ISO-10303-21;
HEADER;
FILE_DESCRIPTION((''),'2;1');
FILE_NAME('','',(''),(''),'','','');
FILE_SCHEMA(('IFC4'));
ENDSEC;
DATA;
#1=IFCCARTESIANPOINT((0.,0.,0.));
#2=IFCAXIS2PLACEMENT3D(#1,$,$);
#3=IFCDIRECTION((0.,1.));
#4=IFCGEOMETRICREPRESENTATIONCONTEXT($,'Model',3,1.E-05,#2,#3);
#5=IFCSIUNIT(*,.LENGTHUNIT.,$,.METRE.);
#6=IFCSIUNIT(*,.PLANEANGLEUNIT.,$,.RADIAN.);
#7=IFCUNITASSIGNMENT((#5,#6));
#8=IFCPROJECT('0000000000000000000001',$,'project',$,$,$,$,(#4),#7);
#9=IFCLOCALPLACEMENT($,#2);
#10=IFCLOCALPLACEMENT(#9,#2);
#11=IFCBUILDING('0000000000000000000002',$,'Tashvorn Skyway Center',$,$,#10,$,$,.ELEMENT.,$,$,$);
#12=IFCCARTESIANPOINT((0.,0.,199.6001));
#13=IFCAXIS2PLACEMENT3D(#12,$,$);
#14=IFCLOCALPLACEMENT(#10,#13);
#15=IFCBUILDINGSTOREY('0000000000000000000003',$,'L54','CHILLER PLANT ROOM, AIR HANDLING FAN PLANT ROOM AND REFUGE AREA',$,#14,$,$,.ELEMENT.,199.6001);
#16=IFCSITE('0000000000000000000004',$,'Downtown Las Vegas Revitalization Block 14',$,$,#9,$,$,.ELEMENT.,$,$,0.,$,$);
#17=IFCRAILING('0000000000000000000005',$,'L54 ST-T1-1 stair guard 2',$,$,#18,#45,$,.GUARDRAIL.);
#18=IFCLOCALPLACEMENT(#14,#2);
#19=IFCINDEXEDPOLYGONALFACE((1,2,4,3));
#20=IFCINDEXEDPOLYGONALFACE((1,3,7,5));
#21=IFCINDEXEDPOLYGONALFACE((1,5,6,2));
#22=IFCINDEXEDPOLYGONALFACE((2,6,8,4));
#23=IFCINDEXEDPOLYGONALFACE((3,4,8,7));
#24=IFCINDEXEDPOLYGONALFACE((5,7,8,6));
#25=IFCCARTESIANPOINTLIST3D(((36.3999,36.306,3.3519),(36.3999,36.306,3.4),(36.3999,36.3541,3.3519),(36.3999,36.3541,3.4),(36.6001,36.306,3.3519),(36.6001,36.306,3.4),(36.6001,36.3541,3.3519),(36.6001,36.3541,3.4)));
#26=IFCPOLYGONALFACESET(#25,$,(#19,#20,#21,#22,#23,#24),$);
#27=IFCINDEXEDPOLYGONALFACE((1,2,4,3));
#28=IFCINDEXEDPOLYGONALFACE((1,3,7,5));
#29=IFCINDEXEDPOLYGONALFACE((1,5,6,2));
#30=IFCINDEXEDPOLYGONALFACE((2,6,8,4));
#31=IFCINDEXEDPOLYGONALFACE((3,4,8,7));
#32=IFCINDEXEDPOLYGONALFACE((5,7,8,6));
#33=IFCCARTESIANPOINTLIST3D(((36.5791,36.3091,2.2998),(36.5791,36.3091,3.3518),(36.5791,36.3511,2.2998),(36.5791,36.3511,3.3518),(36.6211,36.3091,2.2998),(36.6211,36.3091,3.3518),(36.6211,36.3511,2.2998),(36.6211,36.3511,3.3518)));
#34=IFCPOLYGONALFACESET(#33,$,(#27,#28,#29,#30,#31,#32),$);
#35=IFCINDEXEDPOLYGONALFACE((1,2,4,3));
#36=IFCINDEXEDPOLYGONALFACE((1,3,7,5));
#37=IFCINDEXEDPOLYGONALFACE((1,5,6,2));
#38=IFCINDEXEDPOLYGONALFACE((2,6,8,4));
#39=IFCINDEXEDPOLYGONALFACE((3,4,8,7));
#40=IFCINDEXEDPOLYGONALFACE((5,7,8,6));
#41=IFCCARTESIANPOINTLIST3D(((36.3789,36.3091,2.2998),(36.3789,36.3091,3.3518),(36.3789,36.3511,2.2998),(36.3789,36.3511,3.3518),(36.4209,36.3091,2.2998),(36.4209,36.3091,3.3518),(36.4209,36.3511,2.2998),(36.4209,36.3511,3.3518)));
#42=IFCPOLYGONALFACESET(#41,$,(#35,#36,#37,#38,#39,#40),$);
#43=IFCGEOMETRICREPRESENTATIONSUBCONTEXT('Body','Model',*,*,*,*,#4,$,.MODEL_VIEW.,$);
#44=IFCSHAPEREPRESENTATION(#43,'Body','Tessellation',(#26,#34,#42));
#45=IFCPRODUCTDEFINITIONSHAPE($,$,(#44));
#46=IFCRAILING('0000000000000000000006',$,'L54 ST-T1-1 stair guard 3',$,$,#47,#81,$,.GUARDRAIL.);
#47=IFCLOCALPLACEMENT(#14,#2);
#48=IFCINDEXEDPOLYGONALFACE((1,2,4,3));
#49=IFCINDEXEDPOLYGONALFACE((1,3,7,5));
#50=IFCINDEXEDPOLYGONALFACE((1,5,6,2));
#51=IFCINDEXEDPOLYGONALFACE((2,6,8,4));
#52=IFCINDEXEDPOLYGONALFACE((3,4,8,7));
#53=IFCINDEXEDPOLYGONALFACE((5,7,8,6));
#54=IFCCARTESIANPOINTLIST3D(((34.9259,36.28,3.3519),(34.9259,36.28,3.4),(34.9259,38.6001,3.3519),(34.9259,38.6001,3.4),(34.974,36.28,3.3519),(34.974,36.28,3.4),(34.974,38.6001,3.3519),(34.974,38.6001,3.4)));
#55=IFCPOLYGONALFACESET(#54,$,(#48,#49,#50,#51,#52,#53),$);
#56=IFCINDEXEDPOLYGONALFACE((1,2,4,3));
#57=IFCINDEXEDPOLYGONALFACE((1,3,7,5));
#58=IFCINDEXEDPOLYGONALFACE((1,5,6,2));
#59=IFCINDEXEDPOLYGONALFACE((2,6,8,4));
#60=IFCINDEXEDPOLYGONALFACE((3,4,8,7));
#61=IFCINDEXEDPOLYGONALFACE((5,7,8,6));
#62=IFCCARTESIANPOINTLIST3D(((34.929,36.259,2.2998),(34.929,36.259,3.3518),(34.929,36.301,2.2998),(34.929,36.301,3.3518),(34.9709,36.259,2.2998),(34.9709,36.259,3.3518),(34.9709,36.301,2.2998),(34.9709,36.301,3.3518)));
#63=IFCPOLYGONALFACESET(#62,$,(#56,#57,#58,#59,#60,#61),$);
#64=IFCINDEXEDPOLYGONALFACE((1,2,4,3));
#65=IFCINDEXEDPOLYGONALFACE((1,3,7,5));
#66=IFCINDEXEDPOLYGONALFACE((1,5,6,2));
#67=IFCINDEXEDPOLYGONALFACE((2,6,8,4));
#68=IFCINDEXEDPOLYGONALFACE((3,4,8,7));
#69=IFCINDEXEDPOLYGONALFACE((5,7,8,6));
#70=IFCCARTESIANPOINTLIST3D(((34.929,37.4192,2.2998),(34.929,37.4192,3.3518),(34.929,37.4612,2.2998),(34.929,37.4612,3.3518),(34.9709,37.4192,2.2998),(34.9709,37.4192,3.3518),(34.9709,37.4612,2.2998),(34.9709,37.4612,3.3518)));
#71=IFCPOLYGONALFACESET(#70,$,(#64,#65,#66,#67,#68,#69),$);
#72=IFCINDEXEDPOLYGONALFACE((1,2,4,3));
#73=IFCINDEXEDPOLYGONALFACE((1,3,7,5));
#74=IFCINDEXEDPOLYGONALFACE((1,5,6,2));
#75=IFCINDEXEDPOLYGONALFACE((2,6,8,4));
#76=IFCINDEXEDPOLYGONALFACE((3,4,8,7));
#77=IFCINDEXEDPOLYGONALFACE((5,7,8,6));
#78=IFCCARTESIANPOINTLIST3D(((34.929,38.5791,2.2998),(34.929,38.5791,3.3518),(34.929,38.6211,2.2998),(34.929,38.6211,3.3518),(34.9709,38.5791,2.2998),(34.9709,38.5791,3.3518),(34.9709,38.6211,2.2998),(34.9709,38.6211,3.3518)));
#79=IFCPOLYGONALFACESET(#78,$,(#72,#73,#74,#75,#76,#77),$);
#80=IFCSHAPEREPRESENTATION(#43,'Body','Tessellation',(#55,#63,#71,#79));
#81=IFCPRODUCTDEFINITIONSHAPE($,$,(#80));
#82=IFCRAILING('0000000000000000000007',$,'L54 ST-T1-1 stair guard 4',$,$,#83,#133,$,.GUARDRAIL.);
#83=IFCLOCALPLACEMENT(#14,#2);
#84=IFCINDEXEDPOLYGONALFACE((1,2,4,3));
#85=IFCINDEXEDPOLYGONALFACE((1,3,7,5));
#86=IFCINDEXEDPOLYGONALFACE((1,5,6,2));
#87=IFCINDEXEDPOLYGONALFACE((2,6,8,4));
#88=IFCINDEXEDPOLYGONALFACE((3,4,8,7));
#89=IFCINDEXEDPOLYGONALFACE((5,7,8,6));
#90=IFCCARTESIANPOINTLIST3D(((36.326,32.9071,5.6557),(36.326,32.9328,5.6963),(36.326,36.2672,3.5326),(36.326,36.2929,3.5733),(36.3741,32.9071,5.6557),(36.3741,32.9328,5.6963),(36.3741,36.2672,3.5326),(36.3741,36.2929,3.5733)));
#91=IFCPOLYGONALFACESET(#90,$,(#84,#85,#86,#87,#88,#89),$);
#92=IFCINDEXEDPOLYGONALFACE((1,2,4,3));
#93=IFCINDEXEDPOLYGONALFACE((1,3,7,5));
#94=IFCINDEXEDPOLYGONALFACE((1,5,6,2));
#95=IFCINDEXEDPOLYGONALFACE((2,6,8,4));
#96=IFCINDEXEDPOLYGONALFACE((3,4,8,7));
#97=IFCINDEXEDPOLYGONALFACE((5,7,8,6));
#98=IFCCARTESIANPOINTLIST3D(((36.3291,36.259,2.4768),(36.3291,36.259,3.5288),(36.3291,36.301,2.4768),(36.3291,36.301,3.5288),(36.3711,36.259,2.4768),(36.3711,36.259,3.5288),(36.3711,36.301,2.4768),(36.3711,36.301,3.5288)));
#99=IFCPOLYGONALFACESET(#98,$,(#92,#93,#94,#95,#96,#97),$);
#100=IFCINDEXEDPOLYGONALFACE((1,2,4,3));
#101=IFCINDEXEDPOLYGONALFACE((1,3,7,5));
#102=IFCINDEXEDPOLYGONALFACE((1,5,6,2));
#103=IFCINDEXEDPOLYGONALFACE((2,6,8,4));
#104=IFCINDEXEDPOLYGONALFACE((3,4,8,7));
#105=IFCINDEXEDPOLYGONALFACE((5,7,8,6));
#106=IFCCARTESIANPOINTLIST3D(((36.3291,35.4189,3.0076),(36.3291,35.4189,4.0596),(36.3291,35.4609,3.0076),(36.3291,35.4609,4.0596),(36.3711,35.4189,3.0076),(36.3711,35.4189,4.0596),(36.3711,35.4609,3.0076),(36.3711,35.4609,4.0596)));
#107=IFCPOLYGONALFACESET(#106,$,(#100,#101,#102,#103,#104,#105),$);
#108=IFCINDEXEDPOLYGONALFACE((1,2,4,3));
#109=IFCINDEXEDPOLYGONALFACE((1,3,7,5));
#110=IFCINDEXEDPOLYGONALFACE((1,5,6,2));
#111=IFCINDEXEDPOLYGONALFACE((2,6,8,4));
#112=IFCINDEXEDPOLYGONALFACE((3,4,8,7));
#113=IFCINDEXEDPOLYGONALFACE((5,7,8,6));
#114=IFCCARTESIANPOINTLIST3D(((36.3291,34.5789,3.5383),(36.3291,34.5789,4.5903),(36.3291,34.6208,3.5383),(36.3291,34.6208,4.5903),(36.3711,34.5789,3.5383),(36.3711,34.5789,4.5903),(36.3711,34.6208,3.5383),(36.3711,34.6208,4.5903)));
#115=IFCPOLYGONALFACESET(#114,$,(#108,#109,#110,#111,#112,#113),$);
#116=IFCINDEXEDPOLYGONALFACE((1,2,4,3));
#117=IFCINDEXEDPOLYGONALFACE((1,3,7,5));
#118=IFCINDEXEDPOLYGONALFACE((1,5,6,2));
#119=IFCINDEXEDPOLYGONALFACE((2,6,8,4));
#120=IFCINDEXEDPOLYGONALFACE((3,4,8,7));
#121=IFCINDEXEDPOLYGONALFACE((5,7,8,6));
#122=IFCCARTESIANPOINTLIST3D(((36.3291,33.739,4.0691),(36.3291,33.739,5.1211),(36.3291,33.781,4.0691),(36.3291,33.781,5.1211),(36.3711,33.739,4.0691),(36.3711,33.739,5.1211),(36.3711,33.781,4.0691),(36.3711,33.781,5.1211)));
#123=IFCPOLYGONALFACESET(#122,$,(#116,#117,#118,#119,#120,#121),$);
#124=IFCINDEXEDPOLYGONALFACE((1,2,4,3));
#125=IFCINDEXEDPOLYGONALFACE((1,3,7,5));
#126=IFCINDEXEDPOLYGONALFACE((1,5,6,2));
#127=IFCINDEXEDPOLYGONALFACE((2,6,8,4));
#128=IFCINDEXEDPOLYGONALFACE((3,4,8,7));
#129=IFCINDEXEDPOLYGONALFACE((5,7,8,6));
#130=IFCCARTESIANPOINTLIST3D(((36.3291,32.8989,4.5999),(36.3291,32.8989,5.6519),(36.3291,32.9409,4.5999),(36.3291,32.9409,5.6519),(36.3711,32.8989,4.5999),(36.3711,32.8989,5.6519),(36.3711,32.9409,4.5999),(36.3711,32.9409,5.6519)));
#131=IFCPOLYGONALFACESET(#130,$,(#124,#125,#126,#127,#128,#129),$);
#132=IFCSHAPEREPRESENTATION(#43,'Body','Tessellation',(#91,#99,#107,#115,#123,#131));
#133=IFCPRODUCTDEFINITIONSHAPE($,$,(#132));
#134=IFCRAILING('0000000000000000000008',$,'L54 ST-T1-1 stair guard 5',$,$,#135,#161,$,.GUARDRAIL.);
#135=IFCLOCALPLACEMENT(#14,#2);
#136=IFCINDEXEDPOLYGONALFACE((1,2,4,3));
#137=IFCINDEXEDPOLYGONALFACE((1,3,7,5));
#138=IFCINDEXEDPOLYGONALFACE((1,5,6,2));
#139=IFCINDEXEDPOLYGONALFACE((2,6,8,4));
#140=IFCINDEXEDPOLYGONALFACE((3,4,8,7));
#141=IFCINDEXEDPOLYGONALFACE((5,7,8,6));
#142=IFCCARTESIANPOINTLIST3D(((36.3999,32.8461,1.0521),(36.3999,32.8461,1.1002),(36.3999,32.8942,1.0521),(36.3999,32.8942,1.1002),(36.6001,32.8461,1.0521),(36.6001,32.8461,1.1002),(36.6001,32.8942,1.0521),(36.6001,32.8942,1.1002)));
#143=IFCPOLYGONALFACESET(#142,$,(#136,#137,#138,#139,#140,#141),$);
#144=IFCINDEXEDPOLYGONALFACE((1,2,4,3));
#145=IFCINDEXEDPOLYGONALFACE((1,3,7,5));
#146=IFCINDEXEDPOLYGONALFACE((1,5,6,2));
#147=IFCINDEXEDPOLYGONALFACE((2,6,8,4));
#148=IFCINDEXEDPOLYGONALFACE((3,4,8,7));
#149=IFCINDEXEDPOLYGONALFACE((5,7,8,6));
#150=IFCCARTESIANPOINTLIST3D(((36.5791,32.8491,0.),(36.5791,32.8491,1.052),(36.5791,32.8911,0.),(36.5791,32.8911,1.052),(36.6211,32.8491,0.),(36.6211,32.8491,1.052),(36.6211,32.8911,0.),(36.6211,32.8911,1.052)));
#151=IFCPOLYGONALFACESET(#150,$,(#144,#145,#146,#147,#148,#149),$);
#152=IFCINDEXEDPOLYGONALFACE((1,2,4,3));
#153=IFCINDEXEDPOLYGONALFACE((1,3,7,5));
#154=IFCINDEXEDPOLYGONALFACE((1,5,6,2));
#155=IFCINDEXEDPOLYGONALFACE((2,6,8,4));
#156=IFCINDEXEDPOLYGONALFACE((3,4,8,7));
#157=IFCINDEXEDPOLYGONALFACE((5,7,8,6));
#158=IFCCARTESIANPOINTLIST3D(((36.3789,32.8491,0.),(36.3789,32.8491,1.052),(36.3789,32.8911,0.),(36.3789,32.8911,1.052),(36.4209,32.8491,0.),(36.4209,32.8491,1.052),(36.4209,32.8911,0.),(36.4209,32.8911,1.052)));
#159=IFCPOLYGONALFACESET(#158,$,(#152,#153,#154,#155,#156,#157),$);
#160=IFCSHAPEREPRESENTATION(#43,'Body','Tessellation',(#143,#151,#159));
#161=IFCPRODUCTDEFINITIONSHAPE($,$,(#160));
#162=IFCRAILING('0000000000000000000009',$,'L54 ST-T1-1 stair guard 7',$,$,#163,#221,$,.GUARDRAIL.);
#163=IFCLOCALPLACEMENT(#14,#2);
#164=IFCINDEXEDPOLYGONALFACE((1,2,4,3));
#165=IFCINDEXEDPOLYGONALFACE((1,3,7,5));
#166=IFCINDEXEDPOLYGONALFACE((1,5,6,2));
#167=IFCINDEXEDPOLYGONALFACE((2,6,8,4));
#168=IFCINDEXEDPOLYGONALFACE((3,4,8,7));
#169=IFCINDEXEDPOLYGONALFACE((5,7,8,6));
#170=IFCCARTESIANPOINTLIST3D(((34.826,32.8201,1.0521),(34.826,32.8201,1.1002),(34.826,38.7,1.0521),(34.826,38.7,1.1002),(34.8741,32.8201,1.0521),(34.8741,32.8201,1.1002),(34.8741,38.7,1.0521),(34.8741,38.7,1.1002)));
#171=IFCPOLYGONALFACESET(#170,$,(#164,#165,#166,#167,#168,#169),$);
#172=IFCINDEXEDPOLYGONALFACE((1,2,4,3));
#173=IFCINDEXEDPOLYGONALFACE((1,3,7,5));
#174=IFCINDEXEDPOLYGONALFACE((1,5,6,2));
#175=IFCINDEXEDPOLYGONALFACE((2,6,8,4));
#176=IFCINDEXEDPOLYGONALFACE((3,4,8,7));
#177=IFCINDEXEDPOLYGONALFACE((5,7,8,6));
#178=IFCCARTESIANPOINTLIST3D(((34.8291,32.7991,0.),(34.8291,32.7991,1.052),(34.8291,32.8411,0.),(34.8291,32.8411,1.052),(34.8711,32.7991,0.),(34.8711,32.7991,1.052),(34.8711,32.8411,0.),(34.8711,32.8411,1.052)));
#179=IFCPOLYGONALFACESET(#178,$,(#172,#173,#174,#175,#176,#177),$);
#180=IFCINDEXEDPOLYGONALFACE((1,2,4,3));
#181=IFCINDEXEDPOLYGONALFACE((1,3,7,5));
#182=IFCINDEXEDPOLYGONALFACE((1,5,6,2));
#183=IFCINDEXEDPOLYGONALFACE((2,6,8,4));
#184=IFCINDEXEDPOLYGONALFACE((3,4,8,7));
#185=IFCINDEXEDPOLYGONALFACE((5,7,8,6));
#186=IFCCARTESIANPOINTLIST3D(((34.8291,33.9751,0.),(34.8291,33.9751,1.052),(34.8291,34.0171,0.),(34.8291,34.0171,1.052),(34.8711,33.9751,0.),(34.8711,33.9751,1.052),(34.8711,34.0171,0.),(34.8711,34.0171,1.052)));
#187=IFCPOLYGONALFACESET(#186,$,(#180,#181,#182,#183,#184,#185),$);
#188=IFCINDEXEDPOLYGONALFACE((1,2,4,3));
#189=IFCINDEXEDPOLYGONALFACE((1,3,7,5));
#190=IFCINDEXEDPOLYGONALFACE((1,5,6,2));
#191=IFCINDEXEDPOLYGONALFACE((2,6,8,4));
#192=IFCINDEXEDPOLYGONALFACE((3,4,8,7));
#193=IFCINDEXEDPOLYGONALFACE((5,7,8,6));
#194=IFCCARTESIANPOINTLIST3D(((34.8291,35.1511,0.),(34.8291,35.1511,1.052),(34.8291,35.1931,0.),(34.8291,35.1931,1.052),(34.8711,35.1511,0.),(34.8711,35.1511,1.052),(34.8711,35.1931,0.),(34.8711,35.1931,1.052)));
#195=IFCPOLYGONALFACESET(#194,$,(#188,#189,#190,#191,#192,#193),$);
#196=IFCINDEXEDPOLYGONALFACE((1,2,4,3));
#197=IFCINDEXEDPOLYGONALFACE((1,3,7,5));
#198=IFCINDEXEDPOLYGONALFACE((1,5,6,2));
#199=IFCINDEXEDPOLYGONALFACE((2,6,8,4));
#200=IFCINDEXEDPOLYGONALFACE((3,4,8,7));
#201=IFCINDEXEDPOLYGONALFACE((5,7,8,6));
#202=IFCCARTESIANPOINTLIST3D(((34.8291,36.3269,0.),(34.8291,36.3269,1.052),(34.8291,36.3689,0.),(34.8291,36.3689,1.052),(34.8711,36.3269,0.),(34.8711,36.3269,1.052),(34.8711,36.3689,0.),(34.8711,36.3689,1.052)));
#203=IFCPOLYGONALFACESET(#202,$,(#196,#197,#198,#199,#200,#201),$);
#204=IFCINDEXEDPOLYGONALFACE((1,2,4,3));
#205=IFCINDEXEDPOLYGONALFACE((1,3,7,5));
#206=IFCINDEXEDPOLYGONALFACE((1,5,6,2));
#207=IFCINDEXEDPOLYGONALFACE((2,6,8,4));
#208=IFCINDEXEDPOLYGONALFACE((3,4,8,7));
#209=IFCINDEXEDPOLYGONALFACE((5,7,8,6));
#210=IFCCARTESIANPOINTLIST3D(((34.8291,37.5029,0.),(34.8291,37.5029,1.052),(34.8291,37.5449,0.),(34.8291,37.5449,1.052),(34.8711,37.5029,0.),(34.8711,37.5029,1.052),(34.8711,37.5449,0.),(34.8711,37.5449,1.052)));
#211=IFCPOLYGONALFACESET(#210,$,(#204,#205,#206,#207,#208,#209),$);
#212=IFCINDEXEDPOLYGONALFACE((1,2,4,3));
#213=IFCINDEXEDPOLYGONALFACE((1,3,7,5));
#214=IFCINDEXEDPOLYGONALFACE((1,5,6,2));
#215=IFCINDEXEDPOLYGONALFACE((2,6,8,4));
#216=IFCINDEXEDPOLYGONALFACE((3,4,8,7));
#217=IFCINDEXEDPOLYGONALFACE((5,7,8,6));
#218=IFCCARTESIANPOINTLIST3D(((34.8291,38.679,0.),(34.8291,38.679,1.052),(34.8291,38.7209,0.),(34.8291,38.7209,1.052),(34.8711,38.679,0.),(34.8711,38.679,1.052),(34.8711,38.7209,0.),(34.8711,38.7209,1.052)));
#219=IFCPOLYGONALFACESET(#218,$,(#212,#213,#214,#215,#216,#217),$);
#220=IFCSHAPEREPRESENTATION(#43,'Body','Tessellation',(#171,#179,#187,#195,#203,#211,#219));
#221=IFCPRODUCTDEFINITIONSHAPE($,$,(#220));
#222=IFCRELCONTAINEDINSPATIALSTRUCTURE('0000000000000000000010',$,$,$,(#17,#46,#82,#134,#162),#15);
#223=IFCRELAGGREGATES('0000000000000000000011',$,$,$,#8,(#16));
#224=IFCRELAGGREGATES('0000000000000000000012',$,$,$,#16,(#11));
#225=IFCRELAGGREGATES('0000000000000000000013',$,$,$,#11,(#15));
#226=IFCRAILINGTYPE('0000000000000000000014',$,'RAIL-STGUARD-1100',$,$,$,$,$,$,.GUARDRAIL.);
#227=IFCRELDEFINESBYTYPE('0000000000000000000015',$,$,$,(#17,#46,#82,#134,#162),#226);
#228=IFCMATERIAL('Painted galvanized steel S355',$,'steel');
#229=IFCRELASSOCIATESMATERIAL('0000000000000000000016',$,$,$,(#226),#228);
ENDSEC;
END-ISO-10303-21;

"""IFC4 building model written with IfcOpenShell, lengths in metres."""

from ifc_helpers import new_model, si_unit, direction, frame, origin, origin_2d, place, context, subcontext, project, spatial, rectangle, extrude, material, type_object, element, save


model = new_model("IFC4")

# Units and contexts
model_context = context("Model", 3, precision=1e-05, world=origin(), true_north=direction((0.0, 1.0)))
body_context = subcontext(model_context, "Body", "Model", "MODEL_VIEW")
ifc_project = project(units=[si_unit("LENGTHUNIT", "METRE"), si_unit("PLANEANGLEUNIT", "RADIAN")], contexts=[model_context])

# Site, building, storey
site_placement = place(None, origin())
site = spatial("IfcSite", under=ifc_project, at=site_placement, Name="Downtown Las Vegas Revitalization Block 14", CompositionType="ELEMENT", RefElevation=0.0)
building_placement = place(site_placement, origin())
building = spatial("IfcBuilding", under=site, at=building_placement, Name="Tashvorn Skyway Center", CompositionType="ELEMENT")
storey_placement = place(building_placement, frame((0.0, 0.0, 199.6001)))
storey = spatial("IfcBuildingStorey", under=building, at=storey_placement, Name="L54", Description="CHILLER PLANT ROOM, AIR HANDLING FAN PLANT ROOM AND REFUGE AREA", CompositionType="ELEMENT", Elevation=199.6001)

# Railings
ifc_material_1 = material(Name="Painted galvanized steel S355", Category="steel")
railing_type_1 = type_object("IfcRailingType", Name="RAIL-STGUARD-1100", PredefinedType="GUARDRAIL", material=ifc_material_1)
railing_1_placement = place(storey_placement, frame((36.6001, 36.3301, 2.2998)))
element("IfcRailing", 1, at=railing_1_placement, inside=storey, type_object=railing_type_1, Name="L54 ST-T1-1 stair guard 2", PredefinedType="GUARDRAIL", context=body_context, shape_type="SweptSolid", body=[
    extrude(rectangle(XDim=0.0481, YDim=0.0481, at=origin_2d()), frame((0.0, 0.0, 1.0762), z_axis=(-1.0, 0.0, 0.0), x_axis=(0.0, -1.0, 0.0)), (0.0, 0.0, 1.0), 0.2002),
    extrude(rectangle(XDim=0.042, YDim=0.042, at=origin_2d()), origin(), (0.0, 0.0, 1.0), 1.052),
    extrude(rectangle(XDim=0.042, YDim=0.042, at=origin_2d()), frame((-0.2002, 0.0, 0.0)), (0.0, 0.0, 1.0), 1.052),
])
railing_2_placement = place(storey_placement, frame((34.95, 36.28, 2.2998)))
element("IfcRailing", 2, at=railing_2_placement, inside=storey, type_object=railing_type_1, Name="L54 ST-T1-1 stair guard 3", PredefinedType="GUARDRAIL", context=body_context, shape_type="SweptSolid", body=[
    extrude(rectangle(XDim=0.0481, YDim=0.0481, at=origin_2d()), frame((0.0, 0.0, 1.0762), z_axis=(0.0, 1.0, 0.0), x_axis=(-1.0, 0.0, 0.0)), (0.0, 0.0, 1.0), 2.3201),
    extrude(rectangle(XDim=0.042, YDim=0.042, at=origin_2d()), origin(), (0.0, 0.0, 1.0), 1.052),
    extrude(rectangle(XDim=0.042, YDim=0.042, at=origin_2d()), frame((0.0, 1.1602, 0.0)), (0.0, 0.0, 1.0), 1.052),
    extrude(rectangle(XDim=0.042, YDim=0.042, at=origin_2d()), frame((0.0, 2.3201, 0.0)), (0.0, 0.0, 1.0), 1.052),
])
railing_3_placement = place(storey_placement, frame((36.3501, 36.28, 2.4768)))
element("IfcRailing", 3, at=railing_3_placement, inside=storey, type_object=railing_type_1, Name="L54 ST-T1-1 stair guard 4", PredefinedType="GUARDRAIL", context=body_context, shape_type="SweptSolid", body=[
    extrude(rectangle(XDim=0.0481, YDim=0.0481, at=origin_2d()), frame((0.0, 0.0, 1.0762), z_axis=(0.0, -0.84539, 0.53415), x_axis=(1.0, 0.0, 0.0)), (0.0, 0.0, 1.0), 3.9746),
    extrude(rectangle(XDim=0.042, YDim=0.042, at=origin_2d()), origin(), (0.0, 0.0, 1.0), 1.052),
    extrude(rectangle(XDim=0.042, YDim=0.042, at=origin_2d()), frame((0.0, -0.8401, 0.5308)), (0.0, 0.0, 1.0), 1.052),
    extrude(rectangle(XDim=0.042, YDim=0.042, at=origin_2d()), frame((0.0, -1.6802, 1.0615)), (0.0, 0.0, 1.0), 1.052),
    extrude(rectangle(XDim=0.042, YDim=0.042, at=origin_2d()), frame((0.0, -2.52, 1.5923)), (0.0, 0.0, 1.0), 1.052),
    extrude(rectangle(XDim=0.042, YDim=0.042, at=origin_2d()), frame((0.0, -3.3601, 2.123)), (0.0, 0.0, 1.0), 1.052),
])
railing_4_placement = place(storey_placement, frame((36.6001, 32.8701, 0.0)))
element("IfcRailing", 4, at=railing_4_placement, inside=storey, type_object=railing_type_1, Name="L54 ST-T1-1 stair guard 5", PredefinedType="GUARDRAIL", context=body_context, shape_type="SweptSolid", body=[
    extrude(rectangle(XDim=0.0481, YDim=0.0481, at=origin_2d()), frame((0.0, 0.0, 1.0762), z_axis=(-1.0, 0.0, 0.0), x_axis=(0.0, -1.0, 0.0)), (0.0, 0.0, 1.0), 0.2002),
    extrude(rectangle(XDim=0.042, YDim=0.042, at=origin_2d()), origin(), (0.0, 0.0, 1.0), 1.052),
    extrude(rectangle(XDim=0.042, YDim=0.042, at=origin_2d()), frame((-0.2002, 0.0, 0.0)), (0.0, 0.0, 1.0), 1.052),
])
railing_5_placement = place(storey_placement, frame((34.8501, 32.8201, 0.0)))
element("IfcRailing", 5, at=railing_5_placement, inside=storey, type_object=railing_type_1, Name="L54 ST-T1-1 stair guard 7", PredefinedType="GUARDRAIL", context=body_context, shape_type="SweptSolid", body=[
    extrude(rectangle(XDim=0.0481, YDim=0.0481, at=origin_2d()), frame((0.0, 0.0, 1.0762), z_axis=(0.0, 1.0, 0.0), x_axis=(-1.0, 0.0, 0.0)), (0.0, 0.0, 1.0), 5.8799),
    extrude(rectangle(XDim=0.042, YDim=0.042, at=origin_2d()), origin(), (0.0, 0.0, 1.0), 1.052),
    extrude(rectangle(XDim=0.042, YDim=0.042, at=origin_2d()), frame((0.0, 1.176, 0.0)), (0.0, 0.0, 1.0), 1.052),
    extrude(rectangle(XDim=0.042, YDim=0.042, at=origin_2d()), frame((0.0, 2.3521, 0.0)), (0.0, 0.0, 1.0), 1.052),
    extrude(rectangle(XDim=0.042, YDim=0.042, at=origin_2d()), frame((0.0, 3.5278, 0.0)), (0.0, 0.0, 1.0), 1.052),
    extrude(rectangle(XDim=0.042, YDim=0.042, at=origin_2d()), frame((0.0, 4.7039, 0.0)), (0.0, 0.0, 1.0), 1.052),
    extrude(rectangle(XDim=0.042, YDim=0.042, at=origin_2d()), frame((0.0, 5.8799, 0.0)), (0.0, 0.0, 1.0), 1.052),
])

save(model, "model.ifc")
